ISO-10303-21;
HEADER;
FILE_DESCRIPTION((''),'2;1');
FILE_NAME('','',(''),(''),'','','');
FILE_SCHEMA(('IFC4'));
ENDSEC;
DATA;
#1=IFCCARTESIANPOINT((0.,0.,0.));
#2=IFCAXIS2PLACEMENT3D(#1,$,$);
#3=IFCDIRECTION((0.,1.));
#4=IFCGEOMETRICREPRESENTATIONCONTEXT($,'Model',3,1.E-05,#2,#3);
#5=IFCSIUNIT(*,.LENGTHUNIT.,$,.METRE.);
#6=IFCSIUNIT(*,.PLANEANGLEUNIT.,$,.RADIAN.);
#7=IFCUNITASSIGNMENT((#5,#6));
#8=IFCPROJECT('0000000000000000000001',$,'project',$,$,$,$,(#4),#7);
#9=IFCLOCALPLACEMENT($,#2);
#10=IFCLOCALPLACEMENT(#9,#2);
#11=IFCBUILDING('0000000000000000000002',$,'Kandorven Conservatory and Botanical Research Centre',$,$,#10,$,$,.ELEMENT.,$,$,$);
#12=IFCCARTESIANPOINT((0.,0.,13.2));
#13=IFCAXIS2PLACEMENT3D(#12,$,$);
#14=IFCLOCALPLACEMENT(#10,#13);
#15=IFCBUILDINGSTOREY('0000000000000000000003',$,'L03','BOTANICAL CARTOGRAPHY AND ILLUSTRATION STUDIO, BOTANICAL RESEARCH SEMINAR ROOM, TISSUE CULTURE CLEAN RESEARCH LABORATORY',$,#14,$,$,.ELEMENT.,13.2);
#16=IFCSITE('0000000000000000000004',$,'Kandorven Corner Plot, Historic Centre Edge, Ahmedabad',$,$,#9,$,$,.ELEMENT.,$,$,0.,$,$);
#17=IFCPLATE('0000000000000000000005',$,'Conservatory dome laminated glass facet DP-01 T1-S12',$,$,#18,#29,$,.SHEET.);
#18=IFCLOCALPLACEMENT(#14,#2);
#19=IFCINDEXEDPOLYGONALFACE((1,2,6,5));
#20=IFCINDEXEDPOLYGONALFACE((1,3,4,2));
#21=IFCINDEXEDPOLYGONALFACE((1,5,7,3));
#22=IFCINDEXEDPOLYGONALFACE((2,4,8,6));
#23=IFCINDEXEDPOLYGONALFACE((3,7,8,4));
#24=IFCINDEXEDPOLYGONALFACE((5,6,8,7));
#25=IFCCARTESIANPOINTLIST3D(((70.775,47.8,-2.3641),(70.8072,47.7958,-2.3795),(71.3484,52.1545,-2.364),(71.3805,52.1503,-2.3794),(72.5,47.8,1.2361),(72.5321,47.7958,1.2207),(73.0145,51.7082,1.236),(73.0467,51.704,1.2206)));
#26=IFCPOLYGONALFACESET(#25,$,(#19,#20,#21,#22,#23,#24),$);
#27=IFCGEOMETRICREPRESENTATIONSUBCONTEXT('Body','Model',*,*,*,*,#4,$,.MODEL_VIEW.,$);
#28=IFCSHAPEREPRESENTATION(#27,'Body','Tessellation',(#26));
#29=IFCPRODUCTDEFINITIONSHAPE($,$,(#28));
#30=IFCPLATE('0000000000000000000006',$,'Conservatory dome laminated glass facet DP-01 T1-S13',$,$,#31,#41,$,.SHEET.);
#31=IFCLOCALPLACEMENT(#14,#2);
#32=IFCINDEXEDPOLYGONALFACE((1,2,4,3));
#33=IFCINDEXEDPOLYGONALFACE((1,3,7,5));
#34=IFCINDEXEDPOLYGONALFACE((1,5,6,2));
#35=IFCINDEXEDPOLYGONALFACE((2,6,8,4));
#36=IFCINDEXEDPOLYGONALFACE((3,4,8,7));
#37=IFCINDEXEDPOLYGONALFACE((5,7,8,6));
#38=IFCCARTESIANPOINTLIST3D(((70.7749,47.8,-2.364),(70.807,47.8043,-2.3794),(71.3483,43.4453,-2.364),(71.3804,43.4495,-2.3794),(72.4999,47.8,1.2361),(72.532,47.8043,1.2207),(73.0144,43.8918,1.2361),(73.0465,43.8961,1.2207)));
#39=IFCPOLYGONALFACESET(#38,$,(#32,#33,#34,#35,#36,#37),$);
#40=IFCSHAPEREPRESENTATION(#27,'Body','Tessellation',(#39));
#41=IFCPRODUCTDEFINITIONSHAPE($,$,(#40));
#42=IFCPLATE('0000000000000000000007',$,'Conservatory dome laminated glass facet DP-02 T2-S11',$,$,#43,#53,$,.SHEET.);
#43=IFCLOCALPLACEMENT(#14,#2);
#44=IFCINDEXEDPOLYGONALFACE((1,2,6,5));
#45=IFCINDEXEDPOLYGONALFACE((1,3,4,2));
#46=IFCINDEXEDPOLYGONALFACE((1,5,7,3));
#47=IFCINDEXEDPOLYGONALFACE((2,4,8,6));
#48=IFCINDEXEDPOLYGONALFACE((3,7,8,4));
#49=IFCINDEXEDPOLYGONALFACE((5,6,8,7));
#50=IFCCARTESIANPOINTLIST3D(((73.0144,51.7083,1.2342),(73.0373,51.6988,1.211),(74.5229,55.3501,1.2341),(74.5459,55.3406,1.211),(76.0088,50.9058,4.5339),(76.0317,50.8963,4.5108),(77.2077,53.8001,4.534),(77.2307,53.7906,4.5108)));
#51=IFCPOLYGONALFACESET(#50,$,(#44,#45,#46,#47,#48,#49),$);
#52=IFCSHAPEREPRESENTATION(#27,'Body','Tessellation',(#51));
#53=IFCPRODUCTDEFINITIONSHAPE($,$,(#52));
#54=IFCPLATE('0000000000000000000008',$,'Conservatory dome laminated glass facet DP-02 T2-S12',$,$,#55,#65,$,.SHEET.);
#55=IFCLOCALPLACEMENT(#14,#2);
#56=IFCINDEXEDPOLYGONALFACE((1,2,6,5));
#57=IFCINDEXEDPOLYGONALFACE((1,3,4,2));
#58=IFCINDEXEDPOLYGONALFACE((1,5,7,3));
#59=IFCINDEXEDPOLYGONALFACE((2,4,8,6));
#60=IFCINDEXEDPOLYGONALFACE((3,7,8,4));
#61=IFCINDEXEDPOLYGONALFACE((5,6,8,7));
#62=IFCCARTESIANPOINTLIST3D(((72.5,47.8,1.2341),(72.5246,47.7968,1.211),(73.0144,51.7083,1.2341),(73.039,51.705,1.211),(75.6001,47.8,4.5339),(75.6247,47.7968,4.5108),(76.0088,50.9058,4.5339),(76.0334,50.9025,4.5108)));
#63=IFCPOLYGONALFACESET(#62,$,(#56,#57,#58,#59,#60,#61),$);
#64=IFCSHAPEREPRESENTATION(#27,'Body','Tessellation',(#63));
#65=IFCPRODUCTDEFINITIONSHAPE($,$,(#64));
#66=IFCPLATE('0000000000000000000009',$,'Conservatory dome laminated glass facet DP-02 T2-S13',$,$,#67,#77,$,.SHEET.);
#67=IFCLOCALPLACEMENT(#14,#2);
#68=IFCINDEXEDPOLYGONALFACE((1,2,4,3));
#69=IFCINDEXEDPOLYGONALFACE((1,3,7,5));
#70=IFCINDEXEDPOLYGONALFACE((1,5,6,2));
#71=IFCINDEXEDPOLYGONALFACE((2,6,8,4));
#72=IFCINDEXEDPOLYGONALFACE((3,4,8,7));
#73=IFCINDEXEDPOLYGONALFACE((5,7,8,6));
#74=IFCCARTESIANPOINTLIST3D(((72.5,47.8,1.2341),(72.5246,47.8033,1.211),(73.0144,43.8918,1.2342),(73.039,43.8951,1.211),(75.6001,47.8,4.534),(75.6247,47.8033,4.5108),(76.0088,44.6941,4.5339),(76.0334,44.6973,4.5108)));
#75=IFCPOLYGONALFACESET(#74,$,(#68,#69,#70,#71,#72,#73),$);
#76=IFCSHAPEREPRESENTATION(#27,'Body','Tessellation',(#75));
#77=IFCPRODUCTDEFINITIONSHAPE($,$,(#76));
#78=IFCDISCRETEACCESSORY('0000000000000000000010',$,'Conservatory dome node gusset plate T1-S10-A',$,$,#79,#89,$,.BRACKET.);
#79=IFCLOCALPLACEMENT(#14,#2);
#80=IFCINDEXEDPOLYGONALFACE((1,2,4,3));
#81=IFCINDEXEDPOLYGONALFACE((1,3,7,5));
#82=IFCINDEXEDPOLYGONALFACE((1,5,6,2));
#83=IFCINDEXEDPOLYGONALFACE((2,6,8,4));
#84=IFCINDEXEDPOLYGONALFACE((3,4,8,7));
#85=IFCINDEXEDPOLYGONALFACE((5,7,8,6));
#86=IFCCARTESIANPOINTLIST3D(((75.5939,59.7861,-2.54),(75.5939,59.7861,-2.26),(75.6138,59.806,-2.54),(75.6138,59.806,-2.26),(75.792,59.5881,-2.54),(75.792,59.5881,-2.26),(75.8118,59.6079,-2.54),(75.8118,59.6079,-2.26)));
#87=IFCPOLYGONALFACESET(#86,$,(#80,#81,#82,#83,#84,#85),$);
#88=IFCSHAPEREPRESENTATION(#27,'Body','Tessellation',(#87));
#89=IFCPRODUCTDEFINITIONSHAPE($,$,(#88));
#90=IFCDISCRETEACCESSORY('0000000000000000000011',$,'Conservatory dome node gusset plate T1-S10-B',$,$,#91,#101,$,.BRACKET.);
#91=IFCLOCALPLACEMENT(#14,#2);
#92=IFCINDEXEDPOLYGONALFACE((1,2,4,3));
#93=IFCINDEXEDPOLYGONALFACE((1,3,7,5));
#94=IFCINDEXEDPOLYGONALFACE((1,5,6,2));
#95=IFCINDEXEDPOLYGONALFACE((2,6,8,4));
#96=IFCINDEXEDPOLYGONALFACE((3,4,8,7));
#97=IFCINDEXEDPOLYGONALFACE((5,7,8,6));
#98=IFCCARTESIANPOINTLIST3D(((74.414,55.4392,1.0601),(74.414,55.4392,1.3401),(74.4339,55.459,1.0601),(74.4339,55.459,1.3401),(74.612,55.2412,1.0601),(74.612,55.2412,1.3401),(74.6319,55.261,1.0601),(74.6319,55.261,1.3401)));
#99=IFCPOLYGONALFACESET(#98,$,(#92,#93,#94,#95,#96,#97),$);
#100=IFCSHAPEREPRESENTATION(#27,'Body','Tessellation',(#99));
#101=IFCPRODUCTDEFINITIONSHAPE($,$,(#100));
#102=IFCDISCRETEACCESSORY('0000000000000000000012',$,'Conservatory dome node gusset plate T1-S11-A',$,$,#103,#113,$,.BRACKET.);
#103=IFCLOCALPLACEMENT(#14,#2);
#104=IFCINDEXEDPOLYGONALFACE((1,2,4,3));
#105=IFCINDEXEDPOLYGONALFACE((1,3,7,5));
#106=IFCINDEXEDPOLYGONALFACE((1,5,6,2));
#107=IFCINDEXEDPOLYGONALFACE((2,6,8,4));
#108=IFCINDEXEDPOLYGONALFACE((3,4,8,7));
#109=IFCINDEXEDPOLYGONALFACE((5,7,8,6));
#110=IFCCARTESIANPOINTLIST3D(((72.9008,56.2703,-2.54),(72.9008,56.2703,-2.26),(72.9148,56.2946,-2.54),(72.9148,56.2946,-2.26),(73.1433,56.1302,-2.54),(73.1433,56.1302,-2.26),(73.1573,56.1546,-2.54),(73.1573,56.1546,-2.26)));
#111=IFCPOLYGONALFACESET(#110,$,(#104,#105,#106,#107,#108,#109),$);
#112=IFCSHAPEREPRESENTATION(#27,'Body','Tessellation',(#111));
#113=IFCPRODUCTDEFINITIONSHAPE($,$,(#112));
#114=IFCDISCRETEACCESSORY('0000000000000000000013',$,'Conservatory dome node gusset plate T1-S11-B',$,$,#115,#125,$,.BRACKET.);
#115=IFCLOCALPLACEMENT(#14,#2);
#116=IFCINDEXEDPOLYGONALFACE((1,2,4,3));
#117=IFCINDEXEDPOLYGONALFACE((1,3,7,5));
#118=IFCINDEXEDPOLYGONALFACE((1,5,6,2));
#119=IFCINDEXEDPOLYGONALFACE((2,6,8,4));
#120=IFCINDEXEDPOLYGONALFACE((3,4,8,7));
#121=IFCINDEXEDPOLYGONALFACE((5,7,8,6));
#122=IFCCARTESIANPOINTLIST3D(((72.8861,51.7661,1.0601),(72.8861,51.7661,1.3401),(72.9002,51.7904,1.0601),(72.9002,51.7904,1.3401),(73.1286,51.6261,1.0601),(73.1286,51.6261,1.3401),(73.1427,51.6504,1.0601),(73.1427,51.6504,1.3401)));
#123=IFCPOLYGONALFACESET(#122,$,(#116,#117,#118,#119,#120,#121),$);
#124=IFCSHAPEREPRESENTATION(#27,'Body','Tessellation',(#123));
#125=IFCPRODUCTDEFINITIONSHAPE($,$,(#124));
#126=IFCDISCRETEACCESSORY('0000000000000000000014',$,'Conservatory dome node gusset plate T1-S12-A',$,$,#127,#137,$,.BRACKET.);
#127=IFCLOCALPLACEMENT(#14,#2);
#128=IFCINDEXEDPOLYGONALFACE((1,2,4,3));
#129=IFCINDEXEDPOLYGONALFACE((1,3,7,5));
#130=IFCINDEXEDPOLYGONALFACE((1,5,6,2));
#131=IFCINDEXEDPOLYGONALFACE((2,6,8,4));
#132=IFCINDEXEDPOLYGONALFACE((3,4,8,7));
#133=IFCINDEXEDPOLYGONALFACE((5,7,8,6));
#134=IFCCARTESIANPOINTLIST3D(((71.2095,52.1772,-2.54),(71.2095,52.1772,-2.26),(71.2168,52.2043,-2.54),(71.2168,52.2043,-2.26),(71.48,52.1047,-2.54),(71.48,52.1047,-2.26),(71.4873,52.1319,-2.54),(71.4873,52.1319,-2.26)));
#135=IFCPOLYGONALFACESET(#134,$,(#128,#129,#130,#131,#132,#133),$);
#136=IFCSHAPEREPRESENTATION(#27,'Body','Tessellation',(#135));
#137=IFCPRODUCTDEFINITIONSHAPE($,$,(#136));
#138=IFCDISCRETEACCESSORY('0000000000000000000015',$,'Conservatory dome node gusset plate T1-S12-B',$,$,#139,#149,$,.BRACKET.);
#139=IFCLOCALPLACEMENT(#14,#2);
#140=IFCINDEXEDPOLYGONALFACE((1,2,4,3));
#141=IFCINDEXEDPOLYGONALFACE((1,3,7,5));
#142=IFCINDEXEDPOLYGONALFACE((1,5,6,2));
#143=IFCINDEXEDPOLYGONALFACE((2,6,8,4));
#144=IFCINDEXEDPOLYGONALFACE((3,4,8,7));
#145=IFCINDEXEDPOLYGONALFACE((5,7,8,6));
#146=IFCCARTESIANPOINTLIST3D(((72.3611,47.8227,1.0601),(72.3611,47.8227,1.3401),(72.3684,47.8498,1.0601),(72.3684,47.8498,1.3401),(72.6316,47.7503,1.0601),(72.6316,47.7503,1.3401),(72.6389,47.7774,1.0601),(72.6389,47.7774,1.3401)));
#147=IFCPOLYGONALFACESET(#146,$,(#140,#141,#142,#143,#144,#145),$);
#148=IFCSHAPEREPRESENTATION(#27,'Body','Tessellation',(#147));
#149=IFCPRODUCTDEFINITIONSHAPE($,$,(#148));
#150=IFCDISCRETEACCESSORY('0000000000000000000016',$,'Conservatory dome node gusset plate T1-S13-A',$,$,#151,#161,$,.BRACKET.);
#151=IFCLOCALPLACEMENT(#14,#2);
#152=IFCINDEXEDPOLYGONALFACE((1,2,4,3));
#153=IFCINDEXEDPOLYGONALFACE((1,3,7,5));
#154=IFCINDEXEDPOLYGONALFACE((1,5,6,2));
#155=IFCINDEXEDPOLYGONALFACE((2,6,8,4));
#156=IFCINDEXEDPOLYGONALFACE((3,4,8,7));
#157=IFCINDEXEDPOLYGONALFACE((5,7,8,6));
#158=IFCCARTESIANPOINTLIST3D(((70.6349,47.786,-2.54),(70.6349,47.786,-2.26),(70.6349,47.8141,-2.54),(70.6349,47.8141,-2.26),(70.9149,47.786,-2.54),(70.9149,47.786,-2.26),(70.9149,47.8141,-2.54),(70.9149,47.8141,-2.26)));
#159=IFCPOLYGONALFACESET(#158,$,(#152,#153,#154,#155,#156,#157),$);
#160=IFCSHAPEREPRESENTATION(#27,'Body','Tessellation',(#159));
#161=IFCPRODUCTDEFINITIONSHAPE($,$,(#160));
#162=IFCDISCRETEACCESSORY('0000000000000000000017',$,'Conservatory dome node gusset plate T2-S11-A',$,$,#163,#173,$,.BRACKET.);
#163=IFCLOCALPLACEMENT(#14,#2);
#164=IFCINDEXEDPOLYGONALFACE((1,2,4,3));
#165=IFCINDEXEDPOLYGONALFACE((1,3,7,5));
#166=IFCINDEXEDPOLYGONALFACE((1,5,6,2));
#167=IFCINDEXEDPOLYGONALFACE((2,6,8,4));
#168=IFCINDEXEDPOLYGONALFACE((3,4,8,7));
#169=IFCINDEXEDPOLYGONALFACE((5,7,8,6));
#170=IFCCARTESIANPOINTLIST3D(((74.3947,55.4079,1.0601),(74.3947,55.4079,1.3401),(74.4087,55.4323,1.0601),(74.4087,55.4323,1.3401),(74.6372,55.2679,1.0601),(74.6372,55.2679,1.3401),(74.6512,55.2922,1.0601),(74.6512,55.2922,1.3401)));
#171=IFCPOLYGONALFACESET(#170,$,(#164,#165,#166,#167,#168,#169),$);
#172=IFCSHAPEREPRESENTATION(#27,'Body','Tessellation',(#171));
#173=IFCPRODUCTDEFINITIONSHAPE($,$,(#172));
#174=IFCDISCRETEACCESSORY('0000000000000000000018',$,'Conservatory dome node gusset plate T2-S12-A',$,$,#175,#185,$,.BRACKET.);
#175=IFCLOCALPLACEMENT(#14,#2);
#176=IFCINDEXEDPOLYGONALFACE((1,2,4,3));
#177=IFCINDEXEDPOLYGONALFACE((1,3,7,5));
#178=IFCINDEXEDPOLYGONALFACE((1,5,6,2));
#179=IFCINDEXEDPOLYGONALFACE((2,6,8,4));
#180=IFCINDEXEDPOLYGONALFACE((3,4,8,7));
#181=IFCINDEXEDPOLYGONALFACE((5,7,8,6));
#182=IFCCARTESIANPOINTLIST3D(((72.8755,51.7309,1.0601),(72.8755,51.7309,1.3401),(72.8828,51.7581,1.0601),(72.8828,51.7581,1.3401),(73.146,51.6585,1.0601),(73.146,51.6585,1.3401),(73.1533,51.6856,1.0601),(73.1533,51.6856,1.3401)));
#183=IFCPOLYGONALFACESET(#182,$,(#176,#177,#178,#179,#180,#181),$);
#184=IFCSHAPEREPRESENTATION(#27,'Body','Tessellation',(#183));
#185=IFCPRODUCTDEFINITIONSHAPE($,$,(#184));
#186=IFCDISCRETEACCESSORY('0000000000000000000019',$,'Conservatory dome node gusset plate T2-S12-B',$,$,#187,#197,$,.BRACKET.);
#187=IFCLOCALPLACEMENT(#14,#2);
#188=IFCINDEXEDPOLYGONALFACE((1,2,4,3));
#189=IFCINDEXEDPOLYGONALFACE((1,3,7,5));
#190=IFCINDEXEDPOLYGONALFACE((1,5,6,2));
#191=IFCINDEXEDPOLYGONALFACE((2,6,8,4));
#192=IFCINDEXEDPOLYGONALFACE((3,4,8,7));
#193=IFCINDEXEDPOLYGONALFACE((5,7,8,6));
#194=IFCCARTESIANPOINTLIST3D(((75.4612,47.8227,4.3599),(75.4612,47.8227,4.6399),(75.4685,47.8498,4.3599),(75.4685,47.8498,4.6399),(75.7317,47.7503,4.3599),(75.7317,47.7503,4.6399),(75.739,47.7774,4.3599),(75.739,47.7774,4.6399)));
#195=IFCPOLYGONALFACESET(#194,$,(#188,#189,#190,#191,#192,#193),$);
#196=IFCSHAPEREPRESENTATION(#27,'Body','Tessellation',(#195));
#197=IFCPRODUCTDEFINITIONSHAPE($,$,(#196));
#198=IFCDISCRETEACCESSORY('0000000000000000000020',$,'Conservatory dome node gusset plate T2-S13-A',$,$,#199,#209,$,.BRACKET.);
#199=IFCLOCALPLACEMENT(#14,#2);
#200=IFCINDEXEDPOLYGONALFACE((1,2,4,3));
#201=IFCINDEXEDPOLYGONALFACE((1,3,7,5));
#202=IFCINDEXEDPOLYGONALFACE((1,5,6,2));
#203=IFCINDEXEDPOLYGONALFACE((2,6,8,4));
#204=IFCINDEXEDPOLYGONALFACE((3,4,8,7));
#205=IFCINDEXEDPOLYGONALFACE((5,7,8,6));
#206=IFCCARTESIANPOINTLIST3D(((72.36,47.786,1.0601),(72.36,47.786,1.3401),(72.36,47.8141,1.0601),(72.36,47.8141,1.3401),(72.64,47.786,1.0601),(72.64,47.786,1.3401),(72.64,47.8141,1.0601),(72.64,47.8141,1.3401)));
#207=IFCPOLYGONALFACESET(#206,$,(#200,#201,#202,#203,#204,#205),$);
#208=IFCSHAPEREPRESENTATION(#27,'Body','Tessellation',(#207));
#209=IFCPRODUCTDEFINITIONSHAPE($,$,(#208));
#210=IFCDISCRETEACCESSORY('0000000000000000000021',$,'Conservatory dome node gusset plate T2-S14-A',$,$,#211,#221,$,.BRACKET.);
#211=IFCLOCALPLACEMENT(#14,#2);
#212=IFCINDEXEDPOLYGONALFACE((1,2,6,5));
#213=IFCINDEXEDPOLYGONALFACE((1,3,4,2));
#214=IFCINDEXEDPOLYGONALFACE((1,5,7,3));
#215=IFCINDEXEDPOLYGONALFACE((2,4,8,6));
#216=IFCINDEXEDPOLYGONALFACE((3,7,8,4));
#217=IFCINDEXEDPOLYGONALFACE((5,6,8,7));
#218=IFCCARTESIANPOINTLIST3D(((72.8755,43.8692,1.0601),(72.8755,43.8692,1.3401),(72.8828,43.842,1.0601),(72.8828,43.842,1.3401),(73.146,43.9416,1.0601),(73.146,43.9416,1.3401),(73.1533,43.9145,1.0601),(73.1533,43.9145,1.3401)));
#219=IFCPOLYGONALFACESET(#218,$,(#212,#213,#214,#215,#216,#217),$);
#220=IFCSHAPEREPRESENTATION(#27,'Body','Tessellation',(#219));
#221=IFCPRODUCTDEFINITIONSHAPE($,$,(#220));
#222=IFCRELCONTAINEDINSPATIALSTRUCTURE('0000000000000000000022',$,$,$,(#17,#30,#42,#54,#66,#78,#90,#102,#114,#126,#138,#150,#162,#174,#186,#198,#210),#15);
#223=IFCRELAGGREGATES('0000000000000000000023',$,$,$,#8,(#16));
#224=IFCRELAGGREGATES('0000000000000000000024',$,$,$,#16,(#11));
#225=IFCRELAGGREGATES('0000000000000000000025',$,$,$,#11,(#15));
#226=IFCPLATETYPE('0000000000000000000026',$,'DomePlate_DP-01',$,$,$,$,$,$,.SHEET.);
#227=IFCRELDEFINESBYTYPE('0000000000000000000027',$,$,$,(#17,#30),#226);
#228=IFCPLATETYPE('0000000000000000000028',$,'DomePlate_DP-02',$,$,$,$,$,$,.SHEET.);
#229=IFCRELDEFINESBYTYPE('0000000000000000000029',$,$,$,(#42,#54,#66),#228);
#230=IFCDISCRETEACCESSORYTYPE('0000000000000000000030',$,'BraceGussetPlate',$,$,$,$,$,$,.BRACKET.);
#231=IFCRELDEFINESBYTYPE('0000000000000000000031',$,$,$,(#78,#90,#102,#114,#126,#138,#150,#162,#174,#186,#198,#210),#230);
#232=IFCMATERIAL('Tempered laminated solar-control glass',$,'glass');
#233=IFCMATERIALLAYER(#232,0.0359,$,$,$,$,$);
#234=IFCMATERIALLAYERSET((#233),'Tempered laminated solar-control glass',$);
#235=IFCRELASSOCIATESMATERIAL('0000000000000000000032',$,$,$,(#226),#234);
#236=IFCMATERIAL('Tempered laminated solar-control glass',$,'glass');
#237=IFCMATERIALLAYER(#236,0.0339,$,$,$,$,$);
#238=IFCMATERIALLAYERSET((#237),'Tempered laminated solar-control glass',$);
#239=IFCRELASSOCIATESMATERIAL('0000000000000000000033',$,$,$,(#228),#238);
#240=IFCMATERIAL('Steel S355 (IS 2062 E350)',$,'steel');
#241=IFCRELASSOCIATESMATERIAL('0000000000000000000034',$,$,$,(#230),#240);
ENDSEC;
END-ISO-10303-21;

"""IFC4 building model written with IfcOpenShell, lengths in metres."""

from ifc_helpers import new_model, si_unit, direction, frame, origin, origin_2d, place, context, subcontext, project, spatial, polyline, rectangle, outline, extrude, material, layer, layer_set, type_object, element, save


model = new_model("IFC4")

# Units and contexts
model_context = context("Model", 3, precision=1e-05, world=origin(), true_north=direction((0.0, 1.0)))
body_context = subcontext(model_context, "Body", "Model", "MODEL_VIEW")
ifc_project = project(units=[si_unit("LENGTHUNIT", "METRE"), si_unit("PLANEANGLEUNIT", "RADIAN")], contexts=[model_context])

# Site, building, storey
site_placement = place(None, origin())
site = spatial("IfcSite", under=ifc_project, at=site_placement, Name="Kandorven Corner Plot, Historic Centre Edge, Ahmedabad", CompositionType="ELEMENT", RefElevation=0.0)
building_placement = place(site_placement, origin())
building = spatial("IfcBuilding", under=site, at=building_placement, Name="Kandorven Conservatory and Botanical Research Centre", CompositionType="ELEMENT")
storey_placement = place(building_placement, frame((0.0, 0.0, 13.2)))
storey = spatial("IfcBuildingStorey", under=building, at=storey_placement, Name="L03", Description="BOTANICAL CARTOGRAPHY AND ILLUSTRATION STUDIO, BOTANICAL RESEARCH SEMINAR ROOM, TISSUE CULTURE CLEAN RESEARCH LABORATORY", CompositionType="ELEMENT", Elevation=13.2)

# Plates
ifc_material_1 = material(Name="Tempered laminated solar-control glass", Category="glass")
ifc_layer_1 = layer(ifc_material_1, 0.0359)
ifc_layer_set_1 = layer_set([ifc_layer_1], Name="Tempered laminated solar-control glass")
plate_type_1 = type_object("IfcPlateType", Name="DomePlate_DP-01", PredefinedType="SHEET", material=ifc_layer_set_1)
plate_1_placement = place(storey_placement, frame((71.3484, 52.1545, -2.364), z_axis=(-0.895536, 0.117909, 0.429084), x_axis=(-0.130543, -0.991443, -0.000014)))
element("IfcPlate", 1, at=plate_1_placement, inside=storey, type_object=plate_type_1, Name="Conservatory dome laminated glass facet DP-01 T1-S12", PredefinedType="SHEET", context=body_context, shape_type="SweptSolid", body=[
    extrude(outline(polyline([(0.0, 0.0), (4.3921, 0.0), (4.1668, 3.9857), (0.2249, 3.9856), (0.0, 0.0)])), origin(), (0.0, 0.0, -1.0), 0.0359),
])
plate_2_placement = place(storey_placement, frame((70.7749, 47.8, -2.364), z_axis=(-0.895535, -0.117905, 0.429087), x_axis=(0.130539, -0.991443, 0.000013)))
element("IfcPlate", 2, at=plate_2_placement, inside=storey, type_object=plate_type_1, Name="Conservatory dome laminated glass facet DP-01 T1-S13", PredefinedType="SHEET", context=body_context, shape_type="SweptSolid", body=[
    extrude(outline(polyline([(0.0, 0.0), (4.3923, 0.0), (4.1671, 3.9856), (0.2252, 3.9857), (0.0, 0.0)])), origin(), (0.0, 0.0, -1.0), 0.0359),
])
ifc_material_2 = material(Name="Tempered laminated solar-control glass", Category="glass")
ifc_layer_2 = layer(ifc_material_2, 0.0339)
ifc_layer_set_2 = layer_set([ifc_layer_2], Name="Tempered laminated solar-control glass")
plate_type_2 = type_object("IfcPlateType", Name="DomePlate_DP-02", PredefinedType="SHEET", material=ifc_layer_set_2)
plate_3_placement = place(storey_placement, frame((74.5229, 55.3501, 1.2341), z_axis=(-0.676037, 0.280041, 0.681579), x_axis=(-0.382698, -0.923873, 0.000006)))
element("IfcPlate", 3, at=plate_3_placement, inside=storey, type_object=plate_type_2, Name="Conservatory dome laminated glass facet DP-02 T2-S11", PredefinedType="SHEET", context=body_context, shape_type="SweptSolid", body=[
    extrude(outline(polyline([(0.0, 0.0), (3.9419, 0.0), (3.5374, 4.5095), (0.4046, 4.5095), (0.0, 0.0)])), origin(), (0.0, 0.0, -1.0), 0.0339),
])
plate_4_placement = place(storey_placement, frame((73.0144, 51.7083, 1.2341), z_axis=(-0.725493, 0.095481, 0.681574), x_axis=(-0.13049, -0.99145, -0.000006)))
element("IfcPlate", 4, at=plate_4_placement, inside=storey, type_object=plate_type_2, Name="Conservatory dome laminated glass facet DP-02 T2-S12", PredefinedType="SHEET", context=body_context, shape_type="SweptSolid", body=[
    extrude(outline(polyline([(0.0, 0.0), (3.9419, 0.0), (3.5374, 4.5095), (0.4049, 4.5094), (0.0, 0.0)])), origin(), (0.0, 0.0, -1.0), 0.0339),
])
plate_5_placement = place(storey_placement, frame((72.5, 47.8, 1.2341), z_axis=(-0.725495, -0.095478, 0.681573), x_axis=(0.130487, -0.99145, 0.000008)))
element("IfcPlate", 5, at=plate_5_placement, inside=storey, type_object=plate_type_2, Name="Conservatory dome laminated glass facet DP-02 T2-S13", PredefinedType="SHEET", context=body_context, shape_type="SweptSolid", body=[
    extrude(outline(polyline([(0.0, 0.0), (3.9419, 0.0), (3.5373, 4.5094), (0.4046, 4.5095), (0.0, 0.0)])), origin(), (0.0, 0.0, -1.0), 0.0339),
])

# Discrete accessories
ifc_material_3 = material(Name="Steel S355 (IS 2062 E350)", Category="steel")
discrete_accessory_type = type_object("IfcDiscreteAccessoryType", Name="BraceGussetPlate", PredefinedType="BRACKET", material=ifc_material_3)
for number, where, z_axis, x_axis, name in (
    (6, (75.7029, 59.697, -2.54), (0.0, 0.0, 1.0), (-0.707107, 0.707107, 0.0), "Conservatory dome node gusset plate T1-S10-A"),
    (7, (74.5229, 55.3501, 1.0601), (0.0, 0.0, 1.0), (-0.707107, 0.707107, 0.0), "Conservatory dome node gusset plate T1-S10-B"),
    (8, (73.0291, 56.2124, -2.54), (0.0, 0.0, 1.0), (-0.866025, 0.5, 0.0), "Conservatory dome node gusset plate T1-S11-A"),
    (9, (73.0144, 51.7083, 1.0601), (0.0, 0.0, 1.0), (-0.866025, 0.5, 0.0), "Conservatory dome node gusset plate T1-S11-B"),
    (10, (71.3484, 52.1545, -2.54), (0.0, 0.0, 1.0), (-0.965926, 0.258819, 0.0), "Conservatory dome node gusset plate T1-S12-A"),
    (11, (72.5, 47.8, 1.0601), (0.0, 0.0, 1.0), (-0.965926, 0.258819, 0.0), "Conservatory dome node gusset plate T1-S12-B"),
    (12, (70.7749, 47.8, -2.54), (0.0, 0.0, 1.0), (-1.0, 0.0, 0.0), "Conservatory dome node gusset plate T1-S13-A"),
    (13, (74.5229, 55.3501, 1.0601), (0.0, 0.0, 1.0), (-0.866025, 0.5, 0.0), "Conservatory dome node gusset plate T2-S11-A"),
    (14, (73.0144, 51.7083, 1.0601), (0.0, 0.0, 1.0), (-0.965926, 0.258819, 0.0), "Conservatory dome node gusset plate T2-S12-A"),
    (15, (75.6001, 47.8, 4.3599), (0.0, 0.0, 1.0), (-0.965926, 0.258819, 0.0), "Conservatory dome node gusset plate T2-S12-B"),
    (16, (72.5, 47.8, 1.0601), (0.0, 0.0, 1.0), (-1.0, 0.0, 0.0), "Conservatory dome node gusset plate T2-S13-A"),
    (17, (73.0144, 43.8918, 1.0601), (0.0, 0.0, 1.0), (-0.965926, -0.258819, 0.0), "Conservatory dome node gusset plate T2-S14-A"),
):
    element("IfcDiscreteAccessory", number, at=place(storey_placement, frame(where, z_axis=z_axis, x_axis=x_axis)), inside=storey, type_object=discrete_accessory_type, Name=name, PredefinedType="BRACKET", context=body_context, shape_type="SweptSolid", body=[
        extrude(rectangle(XDim=0.28, YDim=0.0281, at=origin_2d()), origin(), (0.0, 0.0, 1.0), 0.28),
    ])

save(model, "model.ifc")
